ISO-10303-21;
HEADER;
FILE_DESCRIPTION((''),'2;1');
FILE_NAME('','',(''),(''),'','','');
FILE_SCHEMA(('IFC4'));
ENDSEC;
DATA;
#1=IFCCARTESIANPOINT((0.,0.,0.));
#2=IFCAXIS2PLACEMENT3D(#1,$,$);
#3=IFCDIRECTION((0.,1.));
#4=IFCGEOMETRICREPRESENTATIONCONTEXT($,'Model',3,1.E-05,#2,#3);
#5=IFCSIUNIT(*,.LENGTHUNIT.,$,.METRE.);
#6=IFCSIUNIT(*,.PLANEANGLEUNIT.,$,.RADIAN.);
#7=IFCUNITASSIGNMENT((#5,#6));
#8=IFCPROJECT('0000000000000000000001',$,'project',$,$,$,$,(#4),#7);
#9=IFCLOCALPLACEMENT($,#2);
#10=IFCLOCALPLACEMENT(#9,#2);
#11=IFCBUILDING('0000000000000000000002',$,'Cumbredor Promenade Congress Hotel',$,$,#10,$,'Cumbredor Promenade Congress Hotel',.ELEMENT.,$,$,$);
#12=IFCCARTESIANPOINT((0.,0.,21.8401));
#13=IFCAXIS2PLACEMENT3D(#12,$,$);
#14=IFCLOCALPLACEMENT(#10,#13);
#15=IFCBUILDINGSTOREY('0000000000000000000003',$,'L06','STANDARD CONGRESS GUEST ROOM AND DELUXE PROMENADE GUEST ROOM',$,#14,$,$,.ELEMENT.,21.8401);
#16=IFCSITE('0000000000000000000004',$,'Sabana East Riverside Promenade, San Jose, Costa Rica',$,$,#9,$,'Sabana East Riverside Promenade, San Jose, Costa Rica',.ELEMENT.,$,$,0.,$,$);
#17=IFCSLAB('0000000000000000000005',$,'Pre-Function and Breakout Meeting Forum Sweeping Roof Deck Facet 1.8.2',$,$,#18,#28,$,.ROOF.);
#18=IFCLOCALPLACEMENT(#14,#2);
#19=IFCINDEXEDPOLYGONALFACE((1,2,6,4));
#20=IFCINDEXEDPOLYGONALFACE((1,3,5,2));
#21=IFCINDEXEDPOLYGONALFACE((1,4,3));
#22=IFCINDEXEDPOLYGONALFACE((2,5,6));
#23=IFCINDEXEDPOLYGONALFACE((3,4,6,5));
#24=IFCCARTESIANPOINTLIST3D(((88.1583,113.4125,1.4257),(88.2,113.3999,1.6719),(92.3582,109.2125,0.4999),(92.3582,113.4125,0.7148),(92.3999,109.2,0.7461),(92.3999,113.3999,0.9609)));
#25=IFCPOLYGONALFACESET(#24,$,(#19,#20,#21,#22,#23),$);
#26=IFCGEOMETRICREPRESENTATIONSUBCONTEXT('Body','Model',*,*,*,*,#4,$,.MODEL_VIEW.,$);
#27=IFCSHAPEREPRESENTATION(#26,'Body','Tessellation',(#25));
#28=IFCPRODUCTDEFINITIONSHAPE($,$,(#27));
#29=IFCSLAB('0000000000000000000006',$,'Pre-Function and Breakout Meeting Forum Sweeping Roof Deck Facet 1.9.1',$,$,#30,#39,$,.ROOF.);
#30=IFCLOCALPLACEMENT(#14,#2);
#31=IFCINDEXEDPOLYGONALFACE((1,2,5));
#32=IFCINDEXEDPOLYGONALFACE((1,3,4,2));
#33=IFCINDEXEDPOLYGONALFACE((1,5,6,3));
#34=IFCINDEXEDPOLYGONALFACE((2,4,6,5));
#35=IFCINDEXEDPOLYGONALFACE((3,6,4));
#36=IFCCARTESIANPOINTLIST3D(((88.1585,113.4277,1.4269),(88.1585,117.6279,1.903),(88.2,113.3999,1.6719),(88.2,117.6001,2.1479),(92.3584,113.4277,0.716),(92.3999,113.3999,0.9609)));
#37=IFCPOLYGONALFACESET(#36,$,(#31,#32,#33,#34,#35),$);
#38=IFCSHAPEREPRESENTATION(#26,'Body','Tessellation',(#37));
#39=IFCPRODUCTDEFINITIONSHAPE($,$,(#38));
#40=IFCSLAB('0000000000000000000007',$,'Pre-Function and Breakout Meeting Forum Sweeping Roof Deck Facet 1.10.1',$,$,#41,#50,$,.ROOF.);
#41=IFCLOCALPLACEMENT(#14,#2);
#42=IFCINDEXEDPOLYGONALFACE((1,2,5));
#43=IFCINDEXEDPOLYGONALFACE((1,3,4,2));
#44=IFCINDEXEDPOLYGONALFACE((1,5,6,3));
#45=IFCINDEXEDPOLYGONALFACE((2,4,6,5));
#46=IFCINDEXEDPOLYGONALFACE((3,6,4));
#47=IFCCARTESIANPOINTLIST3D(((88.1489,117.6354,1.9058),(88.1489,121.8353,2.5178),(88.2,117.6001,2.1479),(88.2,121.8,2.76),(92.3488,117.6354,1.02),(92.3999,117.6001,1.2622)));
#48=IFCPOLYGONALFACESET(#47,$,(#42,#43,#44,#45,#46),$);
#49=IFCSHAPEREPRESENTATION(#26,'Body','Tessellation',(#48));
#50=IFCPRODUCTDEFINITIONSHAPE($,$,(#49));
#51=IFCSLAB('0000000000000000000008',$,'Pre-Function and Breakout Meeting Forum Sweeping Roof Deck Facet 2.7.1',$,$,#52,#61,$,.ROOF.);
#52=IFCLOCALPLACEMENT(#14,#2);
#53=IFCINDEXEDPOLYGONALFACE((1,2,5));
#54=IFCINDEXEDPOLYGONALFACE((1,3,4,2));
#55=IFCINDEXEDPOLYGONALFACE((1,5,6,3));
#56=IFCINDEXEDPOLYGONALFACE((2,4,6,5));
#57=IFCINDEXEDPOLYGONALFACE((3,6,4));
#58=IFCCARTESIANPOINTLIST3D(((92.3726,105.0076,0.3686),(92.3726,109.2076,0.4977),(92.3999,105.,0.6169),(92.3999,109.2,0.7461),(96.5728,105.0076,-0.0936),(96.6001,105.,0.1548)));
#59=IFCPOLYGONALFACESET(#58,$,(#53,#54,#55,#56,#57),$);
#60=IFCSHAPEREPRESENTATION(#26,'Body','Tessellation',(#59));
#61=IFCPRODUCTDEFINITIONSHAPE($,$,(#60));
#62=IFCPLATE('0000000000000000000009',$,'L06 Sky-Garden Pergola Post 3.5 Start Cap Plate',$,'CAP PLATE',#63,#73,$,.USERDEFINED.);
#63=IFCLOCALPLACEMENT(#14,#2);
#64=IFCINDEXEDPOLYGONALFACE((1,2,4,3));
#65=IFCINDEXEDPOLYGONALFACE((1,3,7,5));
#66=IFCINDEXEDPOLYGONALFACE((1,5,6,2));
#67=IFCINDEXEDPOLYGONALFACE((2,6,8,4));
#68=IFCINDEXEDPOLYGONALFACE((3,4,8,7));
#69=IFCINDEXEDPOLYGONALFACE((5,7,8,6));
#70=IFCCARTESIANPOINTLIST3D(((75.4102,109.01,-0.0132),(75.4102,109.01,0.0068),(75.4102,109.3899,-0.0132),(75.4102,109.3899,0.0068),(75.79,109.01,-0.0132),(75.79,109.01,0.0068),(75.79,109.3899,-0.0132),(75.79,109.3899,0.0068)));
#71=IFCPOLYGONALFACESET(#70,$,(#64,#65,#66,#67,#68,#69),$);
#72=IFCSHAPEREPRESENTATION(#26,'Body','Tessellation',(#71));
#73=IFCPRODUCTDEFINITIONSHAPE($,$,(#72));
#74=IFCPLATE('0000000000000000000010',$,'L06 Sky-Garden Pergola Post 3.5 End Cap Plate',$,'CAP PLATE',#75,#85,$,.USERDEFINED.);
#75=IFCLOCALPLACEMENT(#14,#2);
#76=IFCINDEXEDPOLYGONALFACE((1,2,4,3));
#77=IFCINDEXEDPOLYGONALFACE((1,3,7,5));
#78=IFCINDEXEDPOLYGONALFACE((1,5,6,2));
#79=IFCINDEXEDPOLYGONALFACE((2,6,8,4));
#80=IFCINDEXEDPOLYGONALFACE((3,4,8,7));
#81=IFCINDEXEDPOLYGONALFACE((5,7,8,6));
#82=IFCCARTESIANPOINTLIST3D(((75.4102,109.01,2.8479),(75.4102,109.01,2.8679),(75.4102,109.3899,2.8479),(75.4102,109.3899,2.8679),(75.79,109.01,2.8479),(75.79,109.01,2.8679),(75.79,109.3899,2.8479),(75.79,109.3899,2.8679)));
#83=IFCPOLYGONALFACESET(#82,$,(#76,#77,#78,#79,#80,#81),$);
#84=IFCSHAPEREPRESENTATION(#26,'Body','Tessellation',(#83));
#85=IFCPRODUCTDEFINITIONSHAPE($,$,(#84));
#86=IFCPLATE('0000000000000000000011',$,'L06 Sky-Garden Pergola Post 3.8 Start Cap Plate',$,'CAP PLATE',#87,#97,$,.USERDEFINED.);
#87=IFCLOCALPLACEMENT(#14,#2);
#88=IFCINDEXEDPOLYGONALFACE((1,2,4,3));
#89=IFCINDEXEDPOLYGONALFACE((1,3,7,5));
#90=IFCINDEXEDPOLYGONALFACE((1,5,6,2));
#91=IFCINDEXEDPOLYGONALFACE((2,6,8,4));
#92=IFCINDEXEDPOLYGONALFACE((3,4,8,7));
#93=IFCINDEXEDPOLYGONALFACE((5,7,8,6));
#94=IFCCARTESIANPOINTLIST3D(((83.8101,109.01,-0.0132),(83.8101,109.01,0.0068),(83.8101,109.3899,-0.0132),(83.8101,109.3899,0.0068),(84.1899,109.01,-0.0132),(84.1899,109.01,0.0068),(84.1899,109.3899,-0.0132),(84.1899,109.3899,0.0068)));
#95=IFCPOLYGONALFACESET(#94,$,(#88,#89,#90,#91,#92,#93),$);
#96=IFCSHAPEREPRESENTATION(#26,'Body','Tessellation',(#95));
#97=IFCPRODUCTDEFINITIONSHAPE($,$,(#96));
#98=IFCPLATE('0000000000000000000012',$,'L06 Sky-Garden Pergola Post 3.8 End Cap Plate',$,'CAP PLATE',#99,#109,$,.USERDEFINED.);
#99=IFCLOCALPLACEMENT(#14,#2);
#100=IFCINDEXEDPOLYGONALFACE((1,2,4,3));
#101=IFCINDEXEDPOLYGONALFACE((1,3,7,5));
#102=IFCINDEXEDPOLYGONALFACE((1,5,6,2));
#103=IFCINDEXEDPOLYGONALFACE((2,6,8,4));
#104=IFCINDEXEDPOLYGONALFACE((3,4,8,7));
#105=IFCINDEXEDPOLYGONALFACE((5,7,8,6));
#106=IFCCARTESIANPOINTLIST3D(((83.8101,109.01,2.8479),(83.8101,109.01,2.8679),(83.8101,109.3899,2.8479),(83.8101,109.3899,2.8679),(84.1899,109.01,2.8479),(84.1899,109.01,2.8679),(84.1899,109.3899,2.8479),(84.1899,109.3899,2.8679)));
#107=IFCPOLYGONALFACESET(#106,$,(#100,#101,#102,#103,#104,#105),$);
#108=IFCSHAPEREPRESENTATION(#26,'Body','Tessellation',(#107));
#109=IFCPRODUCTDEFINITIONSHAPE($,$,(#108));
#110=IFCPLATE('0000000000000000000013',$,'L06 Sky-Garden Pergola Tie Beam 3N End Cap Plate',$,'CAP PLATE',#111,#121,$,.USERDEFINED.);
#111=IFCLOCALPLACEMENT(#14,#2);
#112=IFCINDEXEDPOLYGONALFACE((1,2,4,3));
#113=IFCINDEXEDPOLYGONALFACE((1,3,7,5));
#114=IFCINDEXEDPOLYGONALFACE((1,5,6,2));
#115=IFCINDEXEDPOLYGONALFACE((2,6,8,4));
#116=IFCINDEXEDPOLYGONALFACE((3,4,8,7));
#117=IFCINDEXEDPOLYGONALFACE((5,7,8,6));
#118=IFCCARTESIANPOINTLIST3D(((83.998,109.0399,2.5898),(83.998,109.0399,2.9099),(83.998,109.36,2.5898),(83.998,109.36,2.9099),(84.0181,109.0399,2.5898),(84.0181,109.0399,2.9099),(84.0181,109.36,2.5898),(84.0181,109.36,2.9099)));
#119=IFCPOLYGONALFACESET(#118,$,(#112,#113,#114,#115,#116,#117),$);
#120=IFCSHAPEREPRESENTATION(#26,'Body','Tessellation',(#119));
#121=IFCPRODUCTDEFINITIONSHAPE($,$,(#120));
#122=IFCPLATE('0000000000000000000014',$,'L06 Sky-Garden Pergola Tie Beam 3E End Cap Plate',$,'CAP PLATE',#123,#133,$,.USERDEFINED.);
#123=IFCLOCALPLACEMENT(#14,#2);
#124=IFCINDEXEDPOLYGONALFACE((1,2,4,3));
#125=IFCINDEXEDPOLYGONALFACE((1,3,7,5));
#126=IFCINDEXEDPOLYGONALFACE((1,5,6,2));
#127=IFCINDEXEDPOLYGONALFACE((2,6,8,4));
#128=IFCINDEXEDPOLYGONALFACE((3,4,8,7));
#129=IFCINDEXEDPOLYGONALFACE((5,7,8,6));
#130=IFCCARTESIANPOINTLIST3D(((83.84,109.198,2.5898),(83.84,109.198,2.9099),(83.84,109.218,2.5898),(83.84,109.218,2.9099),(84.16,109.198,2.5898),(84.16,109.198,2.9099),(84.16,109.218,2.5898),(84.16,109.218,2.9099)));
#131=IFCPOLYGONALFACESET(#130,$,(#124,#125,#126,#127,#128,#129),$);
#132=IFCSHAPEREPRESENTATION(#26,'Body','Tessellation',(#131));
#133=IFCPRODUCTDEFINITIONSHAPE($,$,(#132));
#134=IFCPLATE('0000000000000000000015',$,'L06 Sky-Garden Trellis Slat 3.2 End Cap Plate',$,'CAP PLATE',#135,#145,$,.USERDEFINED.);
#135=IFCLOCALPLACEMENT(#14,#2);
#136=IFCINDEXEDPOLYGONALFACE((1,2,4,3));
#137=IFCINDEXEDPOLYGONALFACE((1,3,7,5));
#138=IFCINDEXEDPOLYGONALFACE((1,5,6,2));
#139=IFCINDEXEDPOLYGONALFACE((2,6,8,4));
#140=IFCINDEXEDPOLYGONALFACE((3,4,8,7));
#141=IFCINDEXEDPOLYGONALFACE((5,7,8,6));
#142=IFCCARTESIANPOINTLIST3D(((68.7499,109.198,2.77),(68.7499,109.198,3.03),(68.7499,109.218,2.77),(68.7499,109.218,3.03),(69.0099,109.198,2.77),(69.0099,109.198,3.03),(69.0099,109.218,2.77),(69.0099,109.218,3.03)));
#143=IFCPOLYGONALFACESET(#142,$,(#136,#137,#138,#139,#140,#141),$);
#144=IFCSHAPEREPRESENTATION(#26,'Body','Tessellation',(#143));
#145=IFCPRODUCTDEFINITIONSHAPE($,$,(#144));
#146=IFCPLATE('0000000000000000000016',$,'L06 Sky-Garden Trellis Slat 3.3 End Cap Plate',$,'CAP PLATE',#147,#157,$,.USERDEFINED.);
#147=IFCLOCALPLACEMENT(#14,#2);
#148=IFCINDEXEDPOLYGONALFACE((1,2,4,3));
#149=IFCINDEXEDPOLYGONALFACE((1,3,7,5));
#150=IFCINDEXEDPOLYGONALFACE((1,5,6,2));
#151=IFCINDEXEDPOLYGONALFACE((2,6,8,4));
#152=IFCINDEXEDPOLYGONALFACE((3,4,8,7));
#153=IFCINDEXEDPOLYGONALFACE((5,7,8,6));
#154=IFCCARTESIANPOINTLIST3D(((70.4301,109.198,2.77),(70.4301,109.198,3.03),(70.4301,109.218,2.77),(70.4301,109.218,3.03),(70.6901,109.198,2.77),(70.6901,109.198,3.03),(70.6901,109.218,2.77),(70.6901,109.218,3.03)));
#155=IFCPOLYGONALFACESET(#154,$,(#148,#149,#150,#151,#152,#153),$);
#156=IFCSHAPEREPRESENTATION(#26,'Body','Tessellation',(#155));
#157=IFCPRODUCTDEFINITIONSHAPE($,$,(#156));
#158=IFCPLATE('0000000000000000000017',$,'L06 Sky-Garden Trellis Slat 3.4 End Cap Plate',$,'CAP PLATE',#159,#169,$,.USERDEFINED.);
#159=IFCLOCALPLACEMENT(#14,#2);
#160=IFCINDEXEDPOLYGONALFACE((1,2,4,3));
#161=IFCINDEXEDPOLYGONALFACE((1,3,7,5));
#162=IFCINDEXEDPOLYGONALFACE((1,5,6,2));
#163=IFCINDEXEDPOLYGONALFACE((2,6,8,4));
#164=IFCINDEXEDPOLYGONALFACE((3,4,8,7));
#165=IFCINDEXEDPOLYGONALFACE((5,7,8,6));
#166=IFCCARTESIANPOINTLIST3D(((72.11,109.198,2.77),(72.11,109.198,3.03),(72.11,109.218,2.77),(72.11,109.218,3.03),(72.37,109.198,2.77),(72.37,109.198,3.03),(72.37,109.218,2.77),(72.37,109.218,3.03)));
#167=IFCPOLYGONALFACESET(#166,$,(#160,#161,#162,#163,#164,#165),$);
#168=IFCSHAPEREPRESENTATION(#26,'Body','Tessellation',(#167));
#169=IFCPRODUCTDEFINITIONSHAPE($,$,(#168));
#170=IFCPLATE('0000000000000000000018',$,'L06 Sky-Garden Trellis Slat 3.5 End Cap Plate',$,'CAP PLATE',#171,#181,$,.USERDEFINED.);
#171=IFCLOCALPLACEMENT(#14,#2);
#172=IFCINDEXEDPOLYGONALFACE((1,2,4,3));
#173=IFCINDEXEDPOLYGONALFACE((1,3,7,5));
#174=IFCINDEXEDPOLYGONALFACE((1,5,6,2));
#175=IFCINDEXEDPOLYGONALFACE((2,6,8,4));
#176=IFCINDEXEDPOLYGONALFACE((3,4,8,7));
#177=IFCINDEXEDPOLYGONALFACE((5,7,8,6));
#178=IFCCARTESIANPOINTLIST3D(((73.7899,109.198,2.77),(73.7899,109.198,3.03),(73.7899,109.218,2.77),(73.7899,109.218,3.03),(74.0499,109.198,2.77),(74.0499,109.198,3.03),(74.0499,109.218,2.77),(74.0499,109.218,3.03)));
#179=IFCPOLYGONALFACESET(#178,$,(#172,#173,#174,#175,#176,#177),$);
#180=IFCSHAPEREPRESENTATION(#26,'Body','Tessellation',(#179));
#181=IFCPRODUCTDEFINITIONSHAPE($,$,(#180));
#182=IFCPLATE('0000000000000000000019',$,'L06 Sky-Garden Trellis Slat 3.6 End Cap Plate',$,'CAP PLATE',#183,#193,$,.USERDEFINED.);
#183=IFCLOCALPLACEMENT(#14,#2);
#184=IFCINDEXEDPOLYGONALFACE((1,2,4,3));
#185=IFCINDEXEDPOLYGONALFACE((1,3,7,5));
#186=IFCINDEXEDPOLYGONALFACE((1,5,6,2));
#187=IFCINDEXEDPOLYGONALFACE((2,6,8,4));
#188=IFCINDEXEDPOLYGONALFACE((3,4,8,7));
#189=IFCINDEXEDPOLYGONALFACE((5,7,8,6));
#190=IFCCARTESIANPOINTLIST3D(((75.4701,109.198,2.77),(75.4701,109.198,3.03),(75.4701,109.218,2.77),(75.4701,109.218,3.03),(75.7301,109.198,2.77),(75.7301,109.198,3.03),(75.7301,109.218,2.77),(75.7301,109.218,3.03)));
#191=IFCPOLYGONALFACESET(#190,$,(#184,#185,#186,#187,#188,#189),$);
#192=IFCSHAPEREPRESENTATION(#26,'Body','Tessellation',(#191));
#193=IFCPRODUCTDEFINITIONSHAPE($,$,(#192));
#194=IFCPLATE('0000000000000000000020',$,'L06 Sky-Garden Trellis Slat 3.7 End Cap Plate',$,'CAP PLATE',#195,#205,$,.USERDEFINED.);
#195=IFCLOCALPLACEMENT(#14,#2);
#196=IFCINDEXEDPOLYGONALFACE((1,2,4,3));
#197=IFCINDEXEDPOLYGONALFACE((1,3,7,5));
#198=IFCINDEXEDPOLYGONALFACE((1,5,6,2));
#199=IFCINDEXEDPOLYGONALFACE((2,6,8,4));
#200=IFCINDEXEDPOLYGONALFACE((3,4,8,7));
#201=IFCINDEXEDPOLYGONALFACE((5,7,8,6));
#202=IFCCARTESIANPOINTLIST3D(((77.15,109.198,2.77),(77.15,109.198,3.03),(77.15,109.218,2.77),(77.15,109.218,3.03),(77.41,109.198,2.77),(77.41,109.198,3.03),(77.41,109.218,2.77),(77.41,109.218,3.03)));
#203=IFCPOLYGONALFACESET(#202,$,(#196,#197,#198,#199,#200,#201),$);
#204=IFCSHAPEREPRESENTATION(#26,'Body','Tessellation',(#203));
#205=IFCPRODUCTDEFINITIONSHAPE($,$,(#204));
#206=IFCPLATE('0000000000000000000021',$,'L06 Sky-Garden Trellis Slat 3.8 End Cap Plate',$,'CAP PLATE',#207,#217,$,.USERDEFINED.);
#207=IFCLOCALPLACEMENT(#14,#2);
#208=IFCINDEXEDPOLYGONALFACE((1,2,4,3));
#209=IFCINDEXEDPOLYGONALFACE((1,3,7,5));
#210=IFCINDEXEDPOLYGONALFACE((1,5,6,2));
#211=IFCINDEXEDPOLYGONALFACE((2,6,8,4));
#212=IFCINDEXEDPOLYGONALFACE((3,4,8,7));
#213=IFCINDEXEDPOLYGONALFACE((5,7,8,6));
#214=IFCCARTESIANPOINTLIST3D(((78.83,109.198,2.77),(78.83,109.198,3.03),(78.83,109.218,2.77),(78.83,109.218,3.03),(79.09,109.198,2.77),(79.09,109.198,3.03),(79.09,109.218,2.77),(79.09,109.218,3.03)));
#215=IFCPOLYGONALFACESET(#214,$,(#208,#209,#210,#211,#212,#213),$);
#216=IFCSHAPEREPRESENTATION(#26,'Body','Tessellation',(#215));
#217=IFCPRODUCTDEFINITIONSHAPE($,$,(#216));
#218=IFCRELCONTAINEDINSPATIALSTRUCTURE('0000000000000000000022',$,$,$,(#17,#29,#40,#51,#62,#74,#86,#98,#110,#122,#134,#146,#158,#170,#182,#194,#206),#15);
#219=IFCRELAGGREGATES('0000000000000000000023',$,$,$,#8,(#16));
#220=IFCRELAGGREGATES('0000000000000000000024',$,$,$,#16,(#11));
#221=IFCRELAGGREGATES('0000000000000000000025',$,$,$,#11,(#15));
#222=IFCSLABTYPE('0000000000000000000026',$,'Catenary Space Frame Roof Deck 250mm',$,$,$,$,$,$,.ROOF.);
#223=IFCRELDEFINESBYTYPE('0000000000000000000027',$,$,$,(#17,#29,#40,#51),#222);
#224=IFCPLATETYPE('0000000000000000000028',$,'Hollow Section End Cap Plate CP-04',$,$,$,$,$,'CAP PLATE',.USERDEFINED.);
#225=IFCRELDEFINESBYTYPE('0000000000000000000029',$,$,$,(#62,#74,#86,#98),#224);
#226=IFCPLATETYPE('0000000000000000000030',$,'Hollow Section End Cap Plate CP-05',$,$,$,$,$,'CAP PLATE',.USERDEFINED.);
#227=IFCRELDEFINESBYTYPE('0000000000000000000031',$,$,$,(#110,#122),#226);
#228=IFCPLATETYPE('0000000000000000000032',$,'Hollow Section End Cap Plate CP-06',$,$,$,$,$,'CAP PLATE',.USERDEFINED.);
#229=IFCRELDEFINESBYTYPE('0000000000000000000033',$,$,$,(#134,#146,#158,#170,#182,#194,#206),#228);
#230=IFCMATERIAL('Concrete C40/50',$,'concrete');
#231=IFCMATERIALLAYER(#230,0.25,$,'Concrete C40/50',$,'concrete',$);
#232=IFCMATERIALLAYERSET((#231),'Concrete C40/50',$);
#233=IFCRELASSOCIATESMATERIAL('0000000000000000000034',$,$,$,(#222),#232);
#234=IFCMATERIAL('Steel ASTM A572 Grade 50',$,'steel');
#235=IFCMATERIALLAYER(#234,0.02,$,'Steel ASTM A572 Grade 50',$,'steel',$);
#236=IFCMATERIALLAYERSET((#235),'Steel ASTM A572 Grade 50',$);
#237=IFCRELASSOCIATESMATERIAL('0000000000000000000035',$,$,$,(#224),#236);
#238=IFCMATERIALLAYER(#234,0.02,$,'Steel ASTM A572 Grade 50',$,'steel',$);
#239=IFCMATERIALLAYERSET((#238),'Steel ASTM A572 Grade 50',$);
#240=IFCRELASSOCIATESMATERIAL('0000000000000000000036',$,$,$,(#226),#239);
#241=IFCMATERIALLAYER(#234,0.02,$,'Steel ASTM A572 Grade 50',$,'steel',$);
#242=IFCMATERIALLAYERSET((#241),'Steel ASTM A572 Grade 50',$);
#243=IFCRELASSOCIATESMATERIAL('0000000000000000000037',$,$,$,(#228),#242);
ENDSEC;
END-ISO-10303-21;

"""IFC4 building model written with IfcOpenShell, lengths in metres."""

from ifc_helpers import new_model, si_unit, direction, frame, origin, origin_2d, place, context, subcontext, project, spatial, polyline, rectangle, outline, extrude, material, layer, layer_set, type_object, element, save


model = new_model("IFC4")

# Units and contexts
model_context = context("Model", 3, precision=1e-05, world=origin(), true_north=direction((0.0, 1.0)))
body_context = subcontext(model_context, "Body", "Model", "MODEL_VIEW")
ifc_project = project(units=[si_unit("LENGTHUNIT", "METRE"), si_unit("PLANEANGLEUNIT", "RADIAN")], contexts=[model_context])

# Site, building, storey
site_placement = place(None, origin())
site = spatial("IfcSite", under=ifc_project, at=site_placement, Name="Sabana East Riverside Promenade, San Jose, Costa Rica", LongName="Sabana East Riverside Promenade, San Jose, Costa Rica", CompositionType="ELEMENT", RefElevation=0.0)
building_placement = place(site_placement, origin())
building = spatial("IfcBuilding", under=site, at=building_placement, Name="Cumbredor Promenade Congress Hotel", LongName="Cumbredor Promenade Congress Hotel", CompositionType="ELEMENT")
storey_placement = place(building_placement, frame((0.0, 0.0, 21.8401)))
storey = spatial("IfcBuildingStorey", under=building, at=storey_placement, Name="L06", Description="STANDARD CONGRESS GUEST ROOM AND DELUXE PROMENADE GUEST ROOM", CompositionType="ELEMENT", Elevation=21.8401)

# Slabs
ifc_material_1 = material(Name="Concrete C40/50", Category="concrete")
ifc_layer_1 = layer(ifc_material_1, 0.25, Name="Concrete C40/50", Category="concrete")
ifc_layer_set_1 = layer_set([ifc_layer_1], Name="Concrete C40/50")
slab_type = type_object("IfcSlabType", Name="Catenary Space Frame Roof Deck 250mm", PredefinedType="ROOF", material=ifc_layer_set_1)
slab_1_placement = place(storey_placement, frame((92.3999, 109.2, 0.7461), z_axis=(0.166687, -0.050372, 0.984722), x_axis=(0.0, 0.998694, 0.051087)))
element("IfcSlab", 1, at=slab_1_placement, inside=storey, type_object=slab_type, Name="Pre-Function and Breakout Meeting Forum Sweeping Roof Deck Facet 1.8.2", PredefinedType="ROOF", context=body_context, shape_type="SweptSolid", body=[
    extrude(outline(polyline([(0.0, 0.0), (4.2054, 0.0), (4.2418, 4.2595), (0.0, 0.0)])), origin(), (0.0, 0.0, -1.0), 0.25),
])
slab_2_placement = place(storey_placement, frame((88.2, 113.3999, 1.6719), z_axis=(0.165866, -0.111065, 0.979874), x_axis=(0.985974, 0.0, -0.166899)))
element("IfcSlab", 2, at=slab_2_placement, inside=storey, type_object=slab_type, Name="Pre-Function and Breakout Meeting Forum Sweeping Roof Deck Facet 1.9.1", PredefinedType="ROOF", context=body_context, shape_type="SweptSolid", body=[
    extrude(outline(polyline([(0.0, 0.0), (4.2597, 0.0), (-0.0795, 4.2263), (0.0, 0.0)])), origin(), (0.0, 0.0, -1.0), 0.25),
])
slab_3_placement = place(storey_placement, frame((88.2, 117.6001, 2.1479), z_axis=(0.204288, -0.141166, 0.968679), x_axis=(0.978477, 0.0, -0.206354)))
element("IfcSlab", 3, at=slab_3_placement, inside=storey, type_object=slab_type, Name="Pre-Function and Breakout Meeting Forum Sweeping Roof Deck Facet 1.10.1", PredefinedType="ROOF", context=body_context, shape_type="SweptSolid", body=[
    extrude(outline(polyline([(0.0, 0.0), (4.2923, 0.0), (-0.1263, 4.2424), (0.0, 0.0)])), origin(), (0.0, 0.0, -1.0), 0.25),
])
slab_4_placement = place(storey_placement, frame((92.3999, 105.0, 0.6169), z_axis=(0.109321, -0.030552, 0.993537), x_axis=(0.994001, 0.0, -0.109372)))
element("IfcSlab", 4, at=slab_4_placement, inside=storey, type_object=slab_type, Name="Pre-Function and Breakout Meeting Forum Sweeping Roof Deck Facet 2.7.1", PredefinedType="ROOF", context=body_context, shape_type="SweptSolid", body=[
    extrude(outline(polyline([(0.0, 0.0), (4.2255, 0.0), (-0.0141, 4.2019), (0.0, 0.0)])), origin(), (0.0, 0.0, -1.0), 0.25),
])

# Plates
ifc_material_2 = material(Name="Steel ASTM A572 Grade 50", Category="steel")
ifc_layer_2 = layer(ifc_material_2, 0.02, Name="Steel ASTM A572 Grade 50", Category="steel")
ifc_layer_set_2 = layer_set([ifc_layer_2], Name="Steel ASTM A572 Grade 50")
plate_type_1 = type_object("IfcPlateType", Name="Hollow Section End Cap Plate CP-04", ElementType="CAP PLATE", PredefinedType="USERDEFINED", material=ifc_layer_set_2)
for number, where, z_axis, x_axis, name in (
    (5, (75.6001, 109.2, -0.0132), (0.0, 0.0, 1.0), (1.0, 0.0, 0.0), "L06 Sky-Garden Pergola Post 3.5 Start Cap Plate"),
    (6, (75.6001, 109.2, 2.8479), (0.0, 0.0, 1.0), (1.0, 0.0, 0.0), "L06 Sky-Garden Pergola Post 3.5 End Cap Plate"),
    (7, (84.0, 109.2, -0.0132), (0.0, 0.0, 1.0), (1.0, 0.0, 0.0), "L06 Sky-Garden Pergola Post 3.8 Start Cap Plate"),
    (8, (84.0, 109.2, 2.8479), (0.0, 0.0, 1.0), (1.0, 0.0, 0.0), "L06 Sky-Garden Pergola Post 3.8 End Cap Plate"),
):
    element("IfcPlate", number, at=place(storey_placement, frame(where, z_axis=z_axis, x_axis=x_axis)), inside=storey, type_object=plate_type_1, Name=name, ObjectType="CAP PLATE", PredefinedType="USERDEFINED", context=body_context, shape_type="SweptSolid", body=[
        extrude(rectangle(XDim=0.3799, YDim=0.3799, at=origin_2d()), origin(), (0.0, 0.0, 1.0), 0.02),
    ])
ifc_layer_3 = layer(ifc_material_2, 0.02, Name="Steel ASTM A572 Grade 50", Category="steel")
ifc_layer_set_3 = layer_set([ifc_layer_3], Name="Steel ASTM A572 Grade 50")
plate_type_2 = type_object("IfcPlateType", Name="Hollow Section End Cap Plate CP-05", ElementType="CAP PLATE", PredefinedType="USERDEFINED", material=ifc_layer_set_3)
for number, where, z_axis, x_axis, name in (
    (9, (84.0081, 109.2, 2.5898), (0.0, 0.0, 1.0), (1.0, 0.0, 0.0), "L06 Sky-Garden Pergola Tie Beam 3N End Cap Plate"),
    (10, (84.0, 109.208, 2.5898), (0.0, 0.0, 1.0), (0.0, 1.0, 0.0), "L06 Sky-Garden Pergola Tie Beam 3E End Cap Plate"),
):
    element("IfcPlate", number, at=place(storey_placement, frame(where, z_axis=z_axis, x_axis=x_axis)), inside=storey, type_object=plate_type_2, Name=name, ObjectType="CAP PLATE", PredefinedType="USERDEFINED", context=body_context, shape_type="SweptSolid", body=[
        extrude(rectangle(XDim=0.02, YDim=0.3201, at=origin_2d()), origin(), (0.0, 0.0, 1.0), 0.3201),
    ])
ifc_layer_4 = layer(ifc_material_2, 0.02, Name="Steel ASTM A572 Grade 50", Category="steel")
ifc_layer_set_4 = layer_set([ifc_layer_4], Name="Steel ASTM A572 Grade 50")
plate_type_3 = type_object("IfcPlateType", Name="Hollow Section End Cap Plate CP-06", ElementType="CAP PLATE", PredefinedType="USERDEFINED", material=ifc_layer_set_4)
for number, where, z_axis, x_axis, name in (
    (11, (68.8799, 109.208, 2.77), (0.0, 0.0, 1.0), (0.0, 1.0, 0.0), "L06 Sky-Garden Trellis Slat 3.2 End Cap Plate"),
    (12, (70.5601, 109.208, 2.77), (0.0, 0.0, 1.0), (0.0, 1.0, 0.0), "L06 Sky-Garden Trellis Slat 3.3 End Cap Plate"),
    (13, (72.24, 109.208, 2.77), (0.0, 0.0, 1.0), (0.0, 1.0, 0.0), "L06 Sky-Garden Trellis Slat 3.4 End Cap Plate"),
    (14, (73.9199, 109.208, 2.77), (0.0, 0.0, 1.0), (0.0, 1.0, 0.0), "L06 Sky-Garden Trellis Slat 3.5 End Cap Plate"),
    (15, (75.6001, 109.208, 2.77), (0.0, 0.0, 1.0), (0.0, 1.0, 0.0), "L06 Sky-Garden Trellis Slat 3.6 End Cap Plate"),
    (16, (77.28, 109.208, 2.77), (0.0, 0.0, 1.0), (0.0, 1.0, 0.0), "L06 Sky-Garden Trellis Slat 3.7 End Cap Plate"),
    (17, (78.96, 109.208, 2.77), (0.0, 0.0, 1.0), (0.0, 1.0, 0.0), "L06 Sky-Garden Trellis Slat 3.8 End Cap Plate"),
):
    element("IfcPlate", number, at=place(storey_placement, frame(where, z_axis=z_axis, x_axis=x_axis)), inside=storey, type_object=plate_type_3, Name=name, ObjectType="CAP PLATE", PredefinedType="USERDEFINED", context=body_context, shape_type="SweptSolid", body=[
        extrude(rectangle(XDim=0.02, YDim=0.26, at=origin_2d()), origin(), (0.0, 0.0, 1.0), 0.26),
    ])

save(model, "model.ifc")
